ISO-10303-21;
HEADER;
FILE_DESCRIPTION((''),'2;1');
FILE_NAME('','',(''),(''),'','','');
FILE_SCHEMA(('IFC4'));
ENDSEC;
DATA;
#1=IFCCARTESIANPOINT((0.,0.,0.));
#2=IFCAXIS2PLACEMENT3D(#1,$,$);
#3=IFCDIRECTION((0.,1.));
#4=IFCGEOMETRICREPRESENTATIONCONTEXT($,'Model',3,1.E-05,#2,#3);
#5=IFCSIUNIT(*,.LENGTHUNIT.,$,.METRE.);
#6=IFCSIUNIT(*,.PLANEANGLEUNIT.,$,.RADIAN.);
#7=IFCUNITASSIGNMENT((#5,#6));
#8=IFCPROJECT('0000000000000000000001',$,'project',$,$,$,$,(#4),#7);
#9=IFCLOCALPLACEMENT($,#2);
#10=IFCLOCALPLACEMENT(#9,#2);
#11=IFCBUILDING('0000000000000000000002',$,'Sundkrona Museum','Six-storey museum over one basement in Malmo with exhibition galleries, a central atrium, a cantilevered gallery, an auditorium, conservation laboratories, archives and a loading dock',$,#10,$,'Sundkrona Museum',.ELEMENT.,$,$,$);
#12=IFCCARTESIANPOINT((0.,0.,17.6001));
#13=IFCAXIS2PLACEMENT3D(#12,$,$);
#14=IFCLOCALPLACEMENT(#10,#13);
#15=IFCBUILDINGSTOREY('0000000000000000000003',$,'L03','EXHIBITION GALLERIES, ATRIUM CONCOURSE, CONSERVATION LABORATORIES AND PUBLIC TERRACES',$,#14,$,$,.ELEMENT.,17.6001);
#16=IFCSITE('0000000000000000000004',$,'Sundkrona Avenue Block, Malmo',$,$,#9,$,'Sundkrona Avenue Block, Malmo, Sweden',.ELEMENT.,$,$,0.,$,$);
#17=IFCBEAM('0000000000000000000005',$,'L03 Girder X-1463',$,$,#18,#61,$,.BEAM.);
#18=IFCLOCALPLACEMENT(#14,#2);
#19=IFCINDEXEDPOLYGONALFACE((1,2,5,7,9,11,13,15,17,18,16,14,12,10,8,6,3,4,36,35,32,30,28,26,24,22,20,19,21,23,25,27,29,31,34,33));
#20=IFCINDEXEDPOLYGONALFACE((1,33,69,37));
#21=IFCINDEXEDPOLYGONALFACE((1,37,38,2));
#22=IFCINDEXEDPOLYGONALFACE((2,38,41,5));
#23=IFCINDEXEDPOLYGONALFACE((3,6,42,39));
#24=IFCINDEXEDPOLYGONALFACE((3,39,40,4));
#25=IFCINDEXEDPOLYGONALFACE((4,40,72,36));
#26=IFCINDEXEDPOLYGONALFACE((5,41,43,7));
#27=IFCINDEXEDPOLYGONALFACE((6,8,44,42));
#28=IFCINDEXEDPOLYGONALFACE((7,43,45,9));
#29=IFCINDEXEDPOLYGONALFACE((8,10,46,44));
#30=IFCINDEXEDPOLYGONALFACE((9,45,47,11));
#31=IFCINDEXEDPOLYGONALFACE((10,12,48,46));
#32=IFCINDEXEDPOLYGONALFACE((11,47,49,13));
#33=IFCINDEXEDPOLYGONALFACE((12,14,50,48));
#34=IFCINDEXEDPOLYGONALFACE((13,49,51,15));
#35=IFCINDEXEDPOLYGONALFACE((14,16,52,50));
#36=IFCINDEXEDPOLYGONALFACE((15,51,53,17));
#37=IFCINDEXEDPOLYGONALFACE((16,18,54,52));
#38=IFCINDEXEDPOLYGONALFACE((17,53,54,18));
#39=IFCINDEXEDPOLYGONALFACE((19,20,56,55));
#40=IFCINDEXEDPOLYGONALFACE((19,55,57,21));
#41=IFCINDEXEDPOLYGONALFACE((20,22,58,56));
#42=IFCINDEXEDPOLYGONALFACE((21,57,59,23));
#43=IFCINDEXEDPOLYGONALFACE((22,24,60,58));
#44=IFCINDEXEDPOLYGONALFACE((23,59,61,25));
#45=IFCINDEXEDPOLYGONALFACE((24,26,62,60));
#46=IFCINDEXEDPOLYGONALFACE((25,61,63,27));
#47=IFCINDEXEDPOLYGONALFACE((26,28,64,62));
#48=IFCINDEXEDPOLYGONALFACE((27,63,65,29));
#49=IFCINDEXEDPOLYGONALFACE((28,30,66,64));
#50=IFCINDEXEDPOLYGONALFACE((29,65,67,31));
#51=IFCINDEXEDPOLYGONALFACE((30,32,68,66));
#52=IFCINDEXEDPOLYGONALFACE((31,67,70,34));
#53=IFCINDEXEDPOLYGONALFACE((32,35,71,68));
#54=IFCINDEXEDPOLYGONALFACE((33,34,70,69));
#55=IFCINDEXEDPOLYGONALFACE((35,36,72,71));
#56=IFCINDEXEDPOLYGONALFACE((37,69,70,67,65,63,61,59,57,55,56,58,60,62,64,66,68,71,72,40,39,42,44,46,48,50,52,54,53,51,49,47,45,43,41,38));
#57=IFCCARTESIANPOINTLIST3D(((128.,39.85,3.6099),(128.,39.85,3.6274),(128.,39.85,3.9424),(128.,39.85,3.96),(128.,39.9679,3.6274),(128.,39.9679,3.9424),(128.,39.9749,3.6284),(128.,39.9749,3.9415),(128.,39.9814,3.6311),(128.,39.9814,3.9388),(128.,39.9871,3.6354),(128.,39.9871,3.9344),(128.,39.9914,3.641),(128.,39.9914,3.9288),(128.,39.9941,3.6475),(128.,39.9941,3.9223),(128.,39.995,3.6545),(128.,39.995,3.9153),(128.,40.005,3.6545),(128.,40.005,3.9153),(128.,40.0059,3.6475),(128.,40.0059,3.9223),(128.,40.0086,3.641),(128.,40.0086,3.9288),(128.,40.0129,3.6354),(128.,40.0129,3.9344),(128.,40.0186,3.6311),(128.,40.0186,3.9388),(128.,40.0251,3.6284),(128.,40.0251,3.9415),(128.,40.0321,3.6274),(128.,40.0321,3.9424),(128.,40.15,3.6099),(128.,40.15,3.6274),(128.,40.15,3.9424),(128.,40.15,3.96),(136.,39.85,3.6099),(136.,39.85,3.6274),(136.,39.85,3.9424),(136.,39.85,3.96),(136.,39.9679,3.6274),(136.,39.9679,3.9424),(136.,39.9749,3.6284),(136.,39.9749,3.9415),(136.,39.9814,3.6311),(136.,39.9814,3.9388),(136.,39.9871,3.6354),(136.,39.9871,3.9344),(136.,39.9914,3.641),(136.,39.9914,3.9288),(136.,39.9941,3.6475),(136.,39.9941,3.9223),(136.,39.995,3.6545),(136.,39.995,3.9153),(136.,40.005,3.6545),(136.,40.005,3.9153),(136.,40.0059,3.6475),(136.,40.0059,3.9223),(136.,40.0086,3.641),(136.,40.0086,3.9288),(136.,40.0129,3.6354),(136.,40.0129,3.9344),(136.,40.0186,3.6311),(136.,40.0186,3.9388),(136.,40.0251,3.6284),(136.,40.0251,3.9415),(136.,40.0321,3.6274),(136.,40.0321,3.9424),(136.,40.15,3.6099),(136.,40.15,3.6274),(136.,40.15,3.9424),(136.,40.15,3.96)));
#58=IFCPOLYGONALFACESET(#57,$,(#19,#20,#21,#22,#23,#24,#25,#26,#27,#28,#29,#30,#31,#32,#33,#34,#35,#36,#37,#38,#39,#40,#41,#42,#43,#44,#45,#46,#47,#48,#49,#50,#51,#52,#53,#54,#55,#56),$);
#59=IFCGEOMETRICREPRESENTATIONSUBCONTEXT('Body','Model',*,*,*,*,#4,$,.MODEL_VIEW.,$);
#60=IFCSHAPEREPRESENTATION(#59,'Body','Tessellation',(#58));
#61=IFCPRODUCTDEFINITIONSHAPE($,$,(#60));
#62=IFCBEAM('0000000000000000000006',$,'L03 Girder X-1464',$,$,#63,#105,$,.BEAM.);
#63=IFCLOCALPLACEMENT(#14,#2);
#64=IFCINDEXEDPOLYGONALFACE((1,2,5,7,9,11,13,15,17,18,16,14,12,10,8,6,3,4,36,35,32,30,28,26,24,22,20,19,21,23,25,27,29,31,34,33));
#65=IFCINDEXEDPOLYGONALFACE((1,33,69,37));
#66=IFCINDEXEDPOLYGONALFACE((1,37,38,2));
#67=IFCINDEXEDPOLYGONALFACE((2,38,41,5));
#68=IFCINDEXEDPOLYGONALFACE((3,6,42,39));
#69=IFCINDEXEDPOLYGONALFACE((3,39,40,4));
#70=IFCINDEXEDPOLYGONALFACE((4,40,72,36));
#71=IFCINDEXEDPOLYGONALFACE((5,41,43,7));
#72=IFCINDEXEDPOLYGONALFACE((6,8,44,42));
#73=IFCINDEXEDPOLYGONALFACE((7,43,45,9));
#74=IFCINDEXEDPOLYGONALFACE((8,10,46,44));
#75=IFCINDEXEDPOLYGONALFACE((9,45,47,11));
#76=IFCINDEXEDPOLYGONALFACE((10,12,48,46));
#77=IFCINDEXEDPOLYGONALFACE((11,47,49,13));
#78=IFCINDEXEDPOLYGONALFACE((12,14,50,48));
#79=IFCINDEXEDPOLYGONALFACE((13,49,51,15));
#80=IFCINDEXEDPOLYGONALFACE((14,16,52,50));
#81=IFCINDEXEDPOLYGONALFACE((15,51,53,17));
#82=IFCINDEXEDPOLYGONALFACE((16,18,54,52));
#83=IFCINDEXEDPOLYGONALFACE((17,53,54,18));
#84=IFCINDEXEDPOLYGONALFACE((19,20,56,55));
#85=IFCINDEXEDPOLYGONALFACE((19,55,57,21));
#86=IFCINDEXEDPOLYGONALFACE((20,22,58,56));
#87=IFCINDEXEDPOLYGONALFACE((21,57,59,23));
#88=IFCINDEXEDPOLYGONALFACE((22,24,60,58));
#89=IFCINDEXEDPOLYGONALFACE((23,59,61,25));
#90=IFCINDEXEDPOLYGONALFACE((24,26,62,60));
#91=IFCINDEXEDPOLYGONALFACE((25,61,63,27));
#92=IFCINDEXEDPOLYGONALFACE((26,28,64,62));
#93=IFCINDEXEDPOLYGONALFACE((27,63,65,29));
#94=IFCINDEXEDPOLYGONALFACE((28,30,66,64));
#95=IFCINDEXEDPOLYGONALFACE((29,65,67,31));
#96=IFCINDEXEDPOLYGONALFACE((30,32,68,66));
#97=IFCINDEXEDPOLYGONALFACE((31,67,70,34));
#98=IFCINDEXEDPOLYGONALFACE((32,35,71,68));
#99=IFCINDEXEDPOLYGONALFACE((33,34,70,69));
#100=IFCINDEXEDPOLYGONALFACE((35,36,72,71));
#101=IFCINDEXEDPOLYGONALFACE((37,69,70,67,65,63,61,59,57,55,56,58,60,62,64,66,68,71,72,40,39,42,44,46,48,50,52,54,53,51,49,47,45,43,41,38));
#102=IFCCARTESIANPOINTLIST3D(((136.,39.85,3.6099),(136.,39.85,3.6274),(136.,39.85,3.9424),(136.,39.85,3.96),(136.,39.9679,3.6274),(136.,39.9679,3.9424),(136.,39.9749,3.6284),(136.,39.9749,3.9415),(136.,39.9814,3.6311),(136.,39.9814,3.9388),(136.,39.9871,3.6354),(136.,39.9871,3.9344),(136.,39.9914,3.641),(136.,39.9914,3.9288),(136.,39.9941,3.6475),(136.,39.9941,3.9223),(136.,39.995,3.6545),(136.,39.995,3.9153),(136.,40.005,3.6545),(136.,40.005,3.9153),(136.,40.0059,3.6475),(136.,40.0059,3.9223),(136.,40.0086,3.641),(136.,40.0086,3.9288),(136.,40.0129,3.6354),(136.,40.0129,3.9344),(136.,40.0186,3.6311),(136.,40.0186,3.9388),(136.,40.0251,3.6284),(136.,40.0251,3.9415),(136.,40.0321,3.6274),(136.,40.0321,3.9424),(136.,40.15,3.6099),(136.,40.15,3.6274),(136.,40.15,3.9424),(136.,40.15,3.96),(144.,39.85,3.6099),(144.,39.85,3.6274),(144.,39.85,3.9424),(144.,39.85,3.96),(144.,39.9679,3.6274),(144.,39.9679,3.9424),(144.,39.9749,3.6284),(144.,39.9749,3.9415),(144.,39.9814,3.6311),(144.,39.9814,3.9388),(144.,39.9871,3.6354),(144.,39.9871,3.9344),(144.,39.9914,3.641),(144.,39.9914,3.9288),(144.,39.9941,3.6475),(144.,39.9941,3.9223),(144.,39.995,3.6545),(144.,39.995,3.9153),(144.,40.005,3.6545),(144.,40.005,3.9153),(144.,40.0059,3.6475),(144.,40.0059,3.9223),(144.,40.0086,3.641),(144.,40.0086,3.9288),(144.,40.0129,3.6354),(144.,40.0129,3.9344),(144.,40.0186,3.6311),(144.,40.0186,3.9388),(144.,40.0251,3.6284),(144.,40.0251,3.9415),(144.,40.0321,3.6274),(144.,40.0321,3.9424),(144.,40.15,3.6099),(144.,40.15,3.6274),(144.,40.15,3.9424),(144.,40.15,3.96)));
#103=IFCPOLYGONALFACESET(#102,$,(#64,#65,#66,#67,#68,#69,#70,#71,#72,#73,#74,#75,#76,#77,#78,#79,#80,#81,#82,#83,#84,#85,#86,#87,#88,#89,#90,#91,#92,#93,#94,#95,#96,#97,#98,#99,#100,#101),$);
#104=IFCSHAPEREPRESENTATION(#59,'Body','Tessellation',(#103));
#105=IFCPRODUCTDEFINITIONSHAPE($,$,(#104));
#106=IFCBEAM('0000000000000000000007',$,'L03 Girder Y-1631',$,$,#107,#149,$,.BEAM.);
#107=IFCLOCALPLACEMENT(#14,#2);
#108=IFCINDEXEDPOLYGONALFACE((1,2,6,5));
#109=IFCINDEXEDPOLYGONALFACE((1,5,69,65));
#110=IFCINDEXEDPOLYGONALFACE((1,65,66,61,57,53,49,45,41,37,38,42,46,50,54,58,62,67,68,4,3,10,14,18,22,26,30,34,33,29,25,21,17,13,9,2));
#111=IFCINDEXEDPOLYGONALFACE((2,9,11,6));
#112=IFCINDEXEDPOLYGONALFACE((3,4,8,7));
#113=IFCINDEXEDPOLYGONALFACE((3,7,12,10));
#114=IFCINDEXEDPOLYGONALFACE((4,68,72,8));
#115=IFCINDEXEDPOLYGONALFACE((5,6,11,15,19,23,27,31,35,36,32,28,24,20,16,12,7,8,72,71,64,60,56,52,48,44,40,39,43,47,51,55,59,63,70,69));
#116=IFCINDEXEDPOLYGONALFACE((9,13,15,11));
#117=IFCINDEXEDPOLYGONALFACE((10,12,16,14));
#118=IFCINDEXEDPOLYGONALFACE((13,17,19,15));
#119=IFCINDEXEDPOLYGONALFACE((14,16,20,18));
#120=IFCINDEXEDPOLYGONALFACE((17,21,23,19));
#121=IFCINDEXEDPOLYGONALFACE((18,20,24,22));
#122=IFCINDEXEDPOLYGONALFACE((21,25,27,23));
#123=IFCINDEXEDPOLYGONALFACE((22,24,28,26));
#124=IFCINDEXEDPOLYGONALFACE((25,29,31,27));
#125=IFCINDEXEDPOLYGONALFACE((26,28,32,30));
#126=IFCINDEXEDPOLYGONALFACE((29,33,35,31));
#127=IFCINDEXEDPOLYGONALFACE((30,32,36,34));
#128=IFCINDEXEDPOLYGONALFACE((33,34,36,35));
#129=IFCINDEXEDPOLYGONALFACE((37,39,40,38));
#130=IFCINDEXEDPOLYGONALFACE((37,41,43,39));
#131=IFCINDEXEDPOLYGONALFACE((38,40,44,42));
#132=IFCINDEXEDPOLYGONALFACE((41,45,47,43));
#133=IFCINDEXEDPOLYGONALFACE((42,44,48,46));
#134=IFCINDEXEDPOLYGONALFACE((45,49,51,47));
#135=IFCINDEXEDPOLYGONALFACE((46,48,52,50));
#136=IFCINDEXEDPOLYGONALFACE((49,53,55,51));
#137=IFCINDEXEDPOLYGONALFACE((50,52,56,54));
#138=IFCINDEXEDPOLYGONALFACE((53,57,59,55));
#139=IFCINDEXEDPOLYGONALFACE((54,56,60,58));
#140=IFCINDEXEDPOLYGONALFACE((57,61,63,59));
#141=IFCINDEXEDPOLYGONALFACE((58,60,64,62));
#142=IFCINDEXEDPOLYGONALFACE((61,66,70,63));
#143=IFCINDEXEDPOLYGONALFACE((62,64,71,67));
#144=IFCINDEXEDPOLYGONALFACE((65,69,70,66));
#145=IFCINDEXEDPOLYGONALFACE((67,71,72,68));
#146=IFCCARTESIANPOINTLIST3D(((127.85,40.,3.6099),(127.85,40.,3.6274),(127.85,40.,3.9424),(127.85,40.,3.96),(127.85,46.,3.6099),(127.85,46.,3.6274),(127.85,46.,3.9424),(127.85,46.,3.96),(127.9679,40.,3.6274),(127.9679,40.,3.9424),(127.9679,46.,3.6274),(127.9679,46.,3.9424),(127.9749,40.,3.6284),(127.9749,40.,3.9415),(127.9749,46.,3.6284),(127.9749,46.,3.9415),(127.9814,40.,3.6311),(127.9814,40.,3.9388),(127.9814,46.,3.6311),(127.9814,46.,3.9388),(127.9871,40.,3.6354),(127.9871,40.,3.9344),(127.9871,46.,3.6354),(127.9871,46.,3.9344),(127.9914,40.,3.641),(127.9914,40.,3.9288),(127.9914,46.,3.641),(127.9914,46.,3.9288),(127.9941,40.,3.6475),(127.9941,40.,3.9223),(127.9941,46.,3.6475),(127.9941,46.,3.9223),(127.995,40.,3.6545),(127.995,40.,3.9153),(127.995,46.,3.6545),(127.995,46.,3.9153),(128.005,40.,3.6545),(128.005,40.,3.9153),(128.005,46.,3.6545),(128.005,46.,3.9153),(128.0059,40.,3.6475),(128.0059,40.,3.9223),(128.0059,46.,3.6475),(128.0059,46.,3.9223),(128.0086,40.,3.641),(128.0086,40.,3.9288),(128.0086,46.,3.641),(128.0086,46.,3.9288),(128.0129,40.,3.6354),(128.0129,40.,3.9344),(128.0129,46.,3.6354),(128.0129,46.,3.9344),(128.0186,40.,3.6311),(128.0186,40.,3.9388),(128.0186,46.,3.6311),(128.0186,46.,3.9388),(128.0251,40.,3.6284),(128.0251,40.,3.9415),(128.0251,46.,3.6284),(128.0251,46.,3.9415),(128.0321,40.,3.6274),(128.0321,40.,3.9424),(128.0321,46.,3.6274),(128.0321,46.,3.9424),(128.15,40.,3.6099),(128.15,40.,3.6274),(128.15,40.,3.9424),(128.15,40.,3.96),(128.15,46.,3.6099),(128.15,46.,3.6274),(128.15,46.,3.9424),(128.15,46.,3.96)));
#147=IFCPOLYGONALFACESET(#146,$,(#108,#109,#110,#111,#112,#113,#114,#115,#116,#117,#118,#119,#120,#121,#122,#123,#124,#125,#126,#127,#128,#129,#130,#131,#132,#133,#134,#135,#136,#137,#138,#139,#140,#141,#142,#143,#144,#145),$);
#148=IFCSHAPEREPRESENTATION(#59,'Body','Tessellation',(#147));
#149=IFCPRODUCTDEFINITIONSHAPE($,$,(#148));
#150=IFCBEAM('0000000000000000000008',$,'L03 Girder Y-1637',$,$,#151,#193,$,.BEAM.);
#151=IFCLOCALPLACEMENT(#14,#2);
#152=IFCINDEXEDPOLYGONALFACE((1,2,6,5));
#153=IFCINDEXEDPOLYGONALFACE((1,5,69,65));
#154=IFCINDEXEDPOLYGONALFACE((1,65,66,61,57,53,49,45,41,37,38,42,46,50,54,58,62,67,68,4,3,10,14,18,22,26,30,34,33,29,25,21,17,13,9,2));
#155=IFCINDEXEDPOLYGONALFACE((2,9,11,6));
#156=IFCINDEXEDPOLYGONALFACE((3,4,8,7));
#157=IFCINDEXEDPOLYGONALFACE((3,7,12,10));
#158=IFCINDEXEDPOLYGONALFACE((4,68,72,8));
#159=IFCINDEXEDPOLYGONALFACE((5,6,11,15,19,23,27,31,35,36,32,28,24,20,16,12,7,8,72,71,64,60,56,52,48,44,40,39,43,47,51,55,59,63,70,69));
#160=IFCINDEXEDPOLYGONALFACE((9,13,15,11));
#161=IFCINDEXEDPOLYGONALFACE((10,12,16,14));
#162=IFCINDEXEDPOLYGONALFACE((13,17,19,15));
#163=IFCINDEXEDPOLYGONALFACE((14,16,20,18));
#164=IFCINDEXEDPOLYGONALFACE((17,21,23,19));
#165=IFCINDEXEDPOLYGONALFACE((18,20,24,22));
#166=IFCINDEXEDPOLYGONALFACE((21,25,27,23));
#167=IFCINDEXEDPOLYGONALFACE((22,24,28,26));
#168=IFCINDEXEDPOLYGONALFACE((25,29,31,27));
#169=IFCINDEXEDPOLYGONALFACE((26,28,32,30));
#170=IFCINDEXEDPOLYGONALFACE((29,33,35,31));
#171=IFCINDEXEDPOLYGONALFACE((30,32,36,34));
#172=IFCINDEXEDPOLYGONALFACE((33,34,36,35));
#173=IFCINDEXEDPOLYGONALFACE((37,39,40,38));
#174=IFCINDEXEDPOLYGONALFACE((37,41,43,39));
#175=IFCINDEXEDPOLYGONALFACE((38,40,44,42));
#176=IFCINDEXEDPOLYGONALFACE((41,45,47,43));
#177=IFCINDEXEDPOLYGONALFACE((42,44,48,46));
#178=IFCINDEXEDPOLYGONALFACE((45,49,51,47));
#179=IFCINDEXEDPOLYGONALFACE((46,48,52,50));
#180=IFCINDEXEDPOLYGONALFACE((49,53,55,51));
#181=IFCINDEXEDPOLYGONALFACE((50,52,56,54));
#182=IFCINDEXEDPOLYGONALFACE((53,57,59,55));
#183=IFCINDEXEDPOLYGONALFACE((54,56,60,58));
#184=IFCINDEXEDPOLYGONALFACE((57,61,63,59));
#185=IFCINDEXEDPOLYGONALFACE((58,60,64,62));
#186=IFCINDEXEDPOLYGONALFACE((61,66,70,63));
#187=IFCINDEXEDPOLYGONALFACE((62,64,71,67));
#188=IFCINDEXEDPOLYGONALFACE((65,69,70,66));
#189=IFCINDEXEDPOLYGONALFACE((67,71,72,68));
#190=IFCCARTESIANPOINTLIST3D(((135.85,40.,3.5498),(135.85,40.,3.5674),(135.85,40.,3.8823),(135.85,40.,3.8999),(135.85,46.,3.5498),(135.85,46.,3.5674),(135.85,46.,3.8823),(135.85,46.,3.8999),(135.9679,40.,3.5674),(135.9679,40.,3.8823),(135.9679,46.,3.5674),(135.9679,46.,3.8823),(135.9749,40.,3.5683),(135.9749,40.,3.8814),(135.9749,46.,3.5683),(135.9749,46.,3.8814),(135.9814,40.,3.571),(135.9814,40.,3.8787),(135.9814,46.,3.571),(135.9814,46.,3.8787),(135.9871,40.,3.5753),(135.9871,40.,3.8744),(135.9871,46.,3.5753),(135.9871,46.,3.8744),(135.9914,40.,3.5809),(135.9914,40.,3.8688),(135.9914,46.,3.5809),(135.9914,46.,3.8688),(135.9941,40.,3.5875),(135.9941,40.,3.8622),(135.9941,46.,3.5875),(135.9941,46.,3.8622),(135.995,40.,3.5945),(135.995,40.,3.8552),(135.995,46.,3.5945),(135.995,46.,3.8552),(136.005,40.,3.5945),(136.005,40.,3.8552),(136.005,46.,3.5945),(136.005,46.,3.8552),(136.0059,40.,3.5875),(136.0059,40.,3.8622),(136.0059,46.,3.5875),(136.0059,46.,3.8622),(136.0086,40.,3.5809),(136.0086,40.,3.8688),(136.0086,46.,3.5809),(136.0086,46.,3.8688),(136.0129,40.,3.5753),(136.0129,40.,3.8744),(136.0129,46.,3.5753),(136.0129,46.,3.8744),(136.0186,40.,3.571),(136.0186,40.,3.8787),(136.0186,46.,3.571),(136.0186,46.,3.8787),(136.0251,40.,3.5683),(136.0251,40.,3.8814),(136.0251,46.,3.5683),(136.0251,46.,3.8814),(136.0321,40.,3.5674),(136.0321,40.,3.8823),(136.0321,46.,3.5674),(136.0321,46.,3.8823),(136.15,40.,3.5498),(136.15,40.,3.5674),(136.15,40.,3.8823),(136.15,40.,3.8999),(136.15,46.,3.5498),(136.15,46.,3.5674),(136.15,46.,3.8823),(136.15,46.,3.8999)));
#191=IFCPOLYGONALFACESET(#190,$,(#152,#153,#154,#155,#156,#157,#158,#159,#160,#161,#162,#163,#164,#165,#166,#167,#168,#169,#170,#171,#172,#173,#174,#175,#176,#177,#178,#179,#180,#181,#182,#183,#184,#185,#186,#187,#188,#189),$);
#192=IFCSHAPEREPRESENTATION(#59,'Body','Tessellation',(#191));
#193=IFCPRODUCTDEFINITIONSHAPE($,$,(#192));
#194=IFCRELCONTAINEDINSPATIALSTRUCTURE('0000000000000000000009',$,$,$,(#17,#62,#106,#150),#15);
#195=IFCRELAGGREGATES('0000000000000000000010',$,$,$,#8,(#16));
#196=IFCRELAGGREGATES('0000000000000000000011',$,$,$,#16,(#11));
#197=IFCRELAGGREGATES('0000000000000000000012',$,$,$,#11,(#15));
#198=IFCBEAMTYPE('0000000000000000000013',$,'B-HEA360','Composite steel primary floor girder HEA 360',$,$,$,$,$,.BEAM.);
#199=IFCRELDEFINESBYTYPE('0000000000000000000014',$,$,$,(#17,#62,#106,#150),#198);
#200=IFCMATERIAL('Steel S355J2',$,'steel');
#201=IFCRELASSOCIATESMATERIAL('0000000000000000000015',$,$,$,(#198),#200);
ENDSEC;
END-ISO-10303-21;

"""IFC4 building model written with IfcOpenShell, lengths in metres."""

from ifc_helpers import new_model, si_unit, direction, frame, origin, origin_2d, place, context, subcontext, project, spatial, i_section, extrude, material, material_profile, profile_set, type_object, element, save


model = new_model("IFC4")

# Units and contexts
model_context = context("Model", 3, precision=1e-05, world=origin(), true_north=direction((0.0, 1.0)))
body_context = subcontext(model_context, "Body", "Model", "MODEL_VIEW")
ifc_project = project(units=[si_unit("LENGTHUNIT", "METRE"), si_unit("PLANEANGLEUNIT", "RADIAN")], contexts=[model_context])

# Site, building, storey
site_placement = place(None, origin())
site = spatial("IfcSite", under=ifc_project, at=site_placement, Name="Sundkrona Avenue Block, Malmo", LongName="Sundkrona Avenue Block, Malmo, Sweden", CompositionType="ELEMENT", RefElevation=0.0)
building_placement = place(site_placement, origin())
building = spatial("IfcBuilding", under=site, at=building_placement, Name="Sundkrona Museum", Description="Six-storey museum over one basement in Malmo with exhibition galleries, a central atrium, a cantilevered gallery, an auditorium, conservation laboratories, archives and a loading dock", LongName="Sundkrona Museum", CompositionType="ELEMENT")
storey_placement = place(building_placement, frame((0.0, 0.0, 17.6001)))
storey = spatial("IfcBuildingStorey", under=building, at=storey_placement, Name="L03", Description="EXHIBITION GALLERIES, ATRIUM CONCOURSE, CONSERVATION LABORATORIES AND PUBLIC TERRACES", CompositionType="ELEMENT", Elevation=17.6001)

# Shared definitions
ifc_material_1 = material(Name="Steel S355J2", Category="steel")

# Beams
ifc_material_profile_1 = material_profile(ifc_material_1, i_section(OverallWidth=0.3, OverallDepth=0.3501, WebThickness=0.01, FlangeThickness=0.0176, FilletRadius=0.0271, at=origin_2d()), Name="HEA 360")
ifc_profile_set_1 = profile_set([ifc_material_profile_1], Name="Steel S355J2")
beam_type_1 = type_object("IfcBeamType", Name="B-HEA360", Description="Composite steel primary floor girder HEA 360", PredefinedType="BEAM", material=ifc_profile_set_1)
for number, where, z_axis, x_axis, name in (
    (1, (128.0, 40.0, 3.7849), (1.0, 0.0, 0.0), (0.0, 1.0, 0.0), "L03 Girder X-1463"),
    (2, (136.0, 40.0, 3.7849), (1.0, 0.0, 0.0), (0.0, 1.0, 0.0), "L03 Girder X-1464"),
):
    element("IfcBeam", number, at=place(storey_placement, frame(where, z_axis=z_axis, x_axis=x_axis)), inside=storey, type_object=beam_type_1, Name=name, PredefinedType="BEAM", context=body_context, shape_type="SweptSolid", body=[
        extrude(i_section(OverallWidth=0.3, OverallDepth=0.3501, WebThickness=0.01, FlangeThickness=0.0176, FilletRadius=0.0271, at=origin_2d()), origin(), (0.0, 0.0, 1.0), 8.0),
    ])
for number, where, z_axis, x_axis, name in (
    (3, (128.0, 40.0, 3.7849), (0.0, 1.0, 0.0), (-1.0, 0.0, 0.0), "L03 Girder Y-1631"),
    (4, (136.0, 40.0, 3.7249), (0.0, 1.0, 0.0), (-1.0, 0.0, 0.0), "L03 Girder Y-1637"),
):
    element("IfcBeam", number, at=place(storey_placement, frame(where, z_axis=z_axis, x_axis=x_axis)), inside=storey, type_object=beam_type_1, Name=name, PredefinedType="BEAM", context=body_context, shape_type="SweptSolid", body=[
        extrude(i_section(OverallWidth=0.3, OverallDepth=0.3501, WebThickness=0.01, FlangeThickness=0.0176, FilletRadius=0.0271, at=origin_2d()), origin(), (0.0, 0.0, 1.0), 6.0),
    ])

save(model, "model.ifc")
